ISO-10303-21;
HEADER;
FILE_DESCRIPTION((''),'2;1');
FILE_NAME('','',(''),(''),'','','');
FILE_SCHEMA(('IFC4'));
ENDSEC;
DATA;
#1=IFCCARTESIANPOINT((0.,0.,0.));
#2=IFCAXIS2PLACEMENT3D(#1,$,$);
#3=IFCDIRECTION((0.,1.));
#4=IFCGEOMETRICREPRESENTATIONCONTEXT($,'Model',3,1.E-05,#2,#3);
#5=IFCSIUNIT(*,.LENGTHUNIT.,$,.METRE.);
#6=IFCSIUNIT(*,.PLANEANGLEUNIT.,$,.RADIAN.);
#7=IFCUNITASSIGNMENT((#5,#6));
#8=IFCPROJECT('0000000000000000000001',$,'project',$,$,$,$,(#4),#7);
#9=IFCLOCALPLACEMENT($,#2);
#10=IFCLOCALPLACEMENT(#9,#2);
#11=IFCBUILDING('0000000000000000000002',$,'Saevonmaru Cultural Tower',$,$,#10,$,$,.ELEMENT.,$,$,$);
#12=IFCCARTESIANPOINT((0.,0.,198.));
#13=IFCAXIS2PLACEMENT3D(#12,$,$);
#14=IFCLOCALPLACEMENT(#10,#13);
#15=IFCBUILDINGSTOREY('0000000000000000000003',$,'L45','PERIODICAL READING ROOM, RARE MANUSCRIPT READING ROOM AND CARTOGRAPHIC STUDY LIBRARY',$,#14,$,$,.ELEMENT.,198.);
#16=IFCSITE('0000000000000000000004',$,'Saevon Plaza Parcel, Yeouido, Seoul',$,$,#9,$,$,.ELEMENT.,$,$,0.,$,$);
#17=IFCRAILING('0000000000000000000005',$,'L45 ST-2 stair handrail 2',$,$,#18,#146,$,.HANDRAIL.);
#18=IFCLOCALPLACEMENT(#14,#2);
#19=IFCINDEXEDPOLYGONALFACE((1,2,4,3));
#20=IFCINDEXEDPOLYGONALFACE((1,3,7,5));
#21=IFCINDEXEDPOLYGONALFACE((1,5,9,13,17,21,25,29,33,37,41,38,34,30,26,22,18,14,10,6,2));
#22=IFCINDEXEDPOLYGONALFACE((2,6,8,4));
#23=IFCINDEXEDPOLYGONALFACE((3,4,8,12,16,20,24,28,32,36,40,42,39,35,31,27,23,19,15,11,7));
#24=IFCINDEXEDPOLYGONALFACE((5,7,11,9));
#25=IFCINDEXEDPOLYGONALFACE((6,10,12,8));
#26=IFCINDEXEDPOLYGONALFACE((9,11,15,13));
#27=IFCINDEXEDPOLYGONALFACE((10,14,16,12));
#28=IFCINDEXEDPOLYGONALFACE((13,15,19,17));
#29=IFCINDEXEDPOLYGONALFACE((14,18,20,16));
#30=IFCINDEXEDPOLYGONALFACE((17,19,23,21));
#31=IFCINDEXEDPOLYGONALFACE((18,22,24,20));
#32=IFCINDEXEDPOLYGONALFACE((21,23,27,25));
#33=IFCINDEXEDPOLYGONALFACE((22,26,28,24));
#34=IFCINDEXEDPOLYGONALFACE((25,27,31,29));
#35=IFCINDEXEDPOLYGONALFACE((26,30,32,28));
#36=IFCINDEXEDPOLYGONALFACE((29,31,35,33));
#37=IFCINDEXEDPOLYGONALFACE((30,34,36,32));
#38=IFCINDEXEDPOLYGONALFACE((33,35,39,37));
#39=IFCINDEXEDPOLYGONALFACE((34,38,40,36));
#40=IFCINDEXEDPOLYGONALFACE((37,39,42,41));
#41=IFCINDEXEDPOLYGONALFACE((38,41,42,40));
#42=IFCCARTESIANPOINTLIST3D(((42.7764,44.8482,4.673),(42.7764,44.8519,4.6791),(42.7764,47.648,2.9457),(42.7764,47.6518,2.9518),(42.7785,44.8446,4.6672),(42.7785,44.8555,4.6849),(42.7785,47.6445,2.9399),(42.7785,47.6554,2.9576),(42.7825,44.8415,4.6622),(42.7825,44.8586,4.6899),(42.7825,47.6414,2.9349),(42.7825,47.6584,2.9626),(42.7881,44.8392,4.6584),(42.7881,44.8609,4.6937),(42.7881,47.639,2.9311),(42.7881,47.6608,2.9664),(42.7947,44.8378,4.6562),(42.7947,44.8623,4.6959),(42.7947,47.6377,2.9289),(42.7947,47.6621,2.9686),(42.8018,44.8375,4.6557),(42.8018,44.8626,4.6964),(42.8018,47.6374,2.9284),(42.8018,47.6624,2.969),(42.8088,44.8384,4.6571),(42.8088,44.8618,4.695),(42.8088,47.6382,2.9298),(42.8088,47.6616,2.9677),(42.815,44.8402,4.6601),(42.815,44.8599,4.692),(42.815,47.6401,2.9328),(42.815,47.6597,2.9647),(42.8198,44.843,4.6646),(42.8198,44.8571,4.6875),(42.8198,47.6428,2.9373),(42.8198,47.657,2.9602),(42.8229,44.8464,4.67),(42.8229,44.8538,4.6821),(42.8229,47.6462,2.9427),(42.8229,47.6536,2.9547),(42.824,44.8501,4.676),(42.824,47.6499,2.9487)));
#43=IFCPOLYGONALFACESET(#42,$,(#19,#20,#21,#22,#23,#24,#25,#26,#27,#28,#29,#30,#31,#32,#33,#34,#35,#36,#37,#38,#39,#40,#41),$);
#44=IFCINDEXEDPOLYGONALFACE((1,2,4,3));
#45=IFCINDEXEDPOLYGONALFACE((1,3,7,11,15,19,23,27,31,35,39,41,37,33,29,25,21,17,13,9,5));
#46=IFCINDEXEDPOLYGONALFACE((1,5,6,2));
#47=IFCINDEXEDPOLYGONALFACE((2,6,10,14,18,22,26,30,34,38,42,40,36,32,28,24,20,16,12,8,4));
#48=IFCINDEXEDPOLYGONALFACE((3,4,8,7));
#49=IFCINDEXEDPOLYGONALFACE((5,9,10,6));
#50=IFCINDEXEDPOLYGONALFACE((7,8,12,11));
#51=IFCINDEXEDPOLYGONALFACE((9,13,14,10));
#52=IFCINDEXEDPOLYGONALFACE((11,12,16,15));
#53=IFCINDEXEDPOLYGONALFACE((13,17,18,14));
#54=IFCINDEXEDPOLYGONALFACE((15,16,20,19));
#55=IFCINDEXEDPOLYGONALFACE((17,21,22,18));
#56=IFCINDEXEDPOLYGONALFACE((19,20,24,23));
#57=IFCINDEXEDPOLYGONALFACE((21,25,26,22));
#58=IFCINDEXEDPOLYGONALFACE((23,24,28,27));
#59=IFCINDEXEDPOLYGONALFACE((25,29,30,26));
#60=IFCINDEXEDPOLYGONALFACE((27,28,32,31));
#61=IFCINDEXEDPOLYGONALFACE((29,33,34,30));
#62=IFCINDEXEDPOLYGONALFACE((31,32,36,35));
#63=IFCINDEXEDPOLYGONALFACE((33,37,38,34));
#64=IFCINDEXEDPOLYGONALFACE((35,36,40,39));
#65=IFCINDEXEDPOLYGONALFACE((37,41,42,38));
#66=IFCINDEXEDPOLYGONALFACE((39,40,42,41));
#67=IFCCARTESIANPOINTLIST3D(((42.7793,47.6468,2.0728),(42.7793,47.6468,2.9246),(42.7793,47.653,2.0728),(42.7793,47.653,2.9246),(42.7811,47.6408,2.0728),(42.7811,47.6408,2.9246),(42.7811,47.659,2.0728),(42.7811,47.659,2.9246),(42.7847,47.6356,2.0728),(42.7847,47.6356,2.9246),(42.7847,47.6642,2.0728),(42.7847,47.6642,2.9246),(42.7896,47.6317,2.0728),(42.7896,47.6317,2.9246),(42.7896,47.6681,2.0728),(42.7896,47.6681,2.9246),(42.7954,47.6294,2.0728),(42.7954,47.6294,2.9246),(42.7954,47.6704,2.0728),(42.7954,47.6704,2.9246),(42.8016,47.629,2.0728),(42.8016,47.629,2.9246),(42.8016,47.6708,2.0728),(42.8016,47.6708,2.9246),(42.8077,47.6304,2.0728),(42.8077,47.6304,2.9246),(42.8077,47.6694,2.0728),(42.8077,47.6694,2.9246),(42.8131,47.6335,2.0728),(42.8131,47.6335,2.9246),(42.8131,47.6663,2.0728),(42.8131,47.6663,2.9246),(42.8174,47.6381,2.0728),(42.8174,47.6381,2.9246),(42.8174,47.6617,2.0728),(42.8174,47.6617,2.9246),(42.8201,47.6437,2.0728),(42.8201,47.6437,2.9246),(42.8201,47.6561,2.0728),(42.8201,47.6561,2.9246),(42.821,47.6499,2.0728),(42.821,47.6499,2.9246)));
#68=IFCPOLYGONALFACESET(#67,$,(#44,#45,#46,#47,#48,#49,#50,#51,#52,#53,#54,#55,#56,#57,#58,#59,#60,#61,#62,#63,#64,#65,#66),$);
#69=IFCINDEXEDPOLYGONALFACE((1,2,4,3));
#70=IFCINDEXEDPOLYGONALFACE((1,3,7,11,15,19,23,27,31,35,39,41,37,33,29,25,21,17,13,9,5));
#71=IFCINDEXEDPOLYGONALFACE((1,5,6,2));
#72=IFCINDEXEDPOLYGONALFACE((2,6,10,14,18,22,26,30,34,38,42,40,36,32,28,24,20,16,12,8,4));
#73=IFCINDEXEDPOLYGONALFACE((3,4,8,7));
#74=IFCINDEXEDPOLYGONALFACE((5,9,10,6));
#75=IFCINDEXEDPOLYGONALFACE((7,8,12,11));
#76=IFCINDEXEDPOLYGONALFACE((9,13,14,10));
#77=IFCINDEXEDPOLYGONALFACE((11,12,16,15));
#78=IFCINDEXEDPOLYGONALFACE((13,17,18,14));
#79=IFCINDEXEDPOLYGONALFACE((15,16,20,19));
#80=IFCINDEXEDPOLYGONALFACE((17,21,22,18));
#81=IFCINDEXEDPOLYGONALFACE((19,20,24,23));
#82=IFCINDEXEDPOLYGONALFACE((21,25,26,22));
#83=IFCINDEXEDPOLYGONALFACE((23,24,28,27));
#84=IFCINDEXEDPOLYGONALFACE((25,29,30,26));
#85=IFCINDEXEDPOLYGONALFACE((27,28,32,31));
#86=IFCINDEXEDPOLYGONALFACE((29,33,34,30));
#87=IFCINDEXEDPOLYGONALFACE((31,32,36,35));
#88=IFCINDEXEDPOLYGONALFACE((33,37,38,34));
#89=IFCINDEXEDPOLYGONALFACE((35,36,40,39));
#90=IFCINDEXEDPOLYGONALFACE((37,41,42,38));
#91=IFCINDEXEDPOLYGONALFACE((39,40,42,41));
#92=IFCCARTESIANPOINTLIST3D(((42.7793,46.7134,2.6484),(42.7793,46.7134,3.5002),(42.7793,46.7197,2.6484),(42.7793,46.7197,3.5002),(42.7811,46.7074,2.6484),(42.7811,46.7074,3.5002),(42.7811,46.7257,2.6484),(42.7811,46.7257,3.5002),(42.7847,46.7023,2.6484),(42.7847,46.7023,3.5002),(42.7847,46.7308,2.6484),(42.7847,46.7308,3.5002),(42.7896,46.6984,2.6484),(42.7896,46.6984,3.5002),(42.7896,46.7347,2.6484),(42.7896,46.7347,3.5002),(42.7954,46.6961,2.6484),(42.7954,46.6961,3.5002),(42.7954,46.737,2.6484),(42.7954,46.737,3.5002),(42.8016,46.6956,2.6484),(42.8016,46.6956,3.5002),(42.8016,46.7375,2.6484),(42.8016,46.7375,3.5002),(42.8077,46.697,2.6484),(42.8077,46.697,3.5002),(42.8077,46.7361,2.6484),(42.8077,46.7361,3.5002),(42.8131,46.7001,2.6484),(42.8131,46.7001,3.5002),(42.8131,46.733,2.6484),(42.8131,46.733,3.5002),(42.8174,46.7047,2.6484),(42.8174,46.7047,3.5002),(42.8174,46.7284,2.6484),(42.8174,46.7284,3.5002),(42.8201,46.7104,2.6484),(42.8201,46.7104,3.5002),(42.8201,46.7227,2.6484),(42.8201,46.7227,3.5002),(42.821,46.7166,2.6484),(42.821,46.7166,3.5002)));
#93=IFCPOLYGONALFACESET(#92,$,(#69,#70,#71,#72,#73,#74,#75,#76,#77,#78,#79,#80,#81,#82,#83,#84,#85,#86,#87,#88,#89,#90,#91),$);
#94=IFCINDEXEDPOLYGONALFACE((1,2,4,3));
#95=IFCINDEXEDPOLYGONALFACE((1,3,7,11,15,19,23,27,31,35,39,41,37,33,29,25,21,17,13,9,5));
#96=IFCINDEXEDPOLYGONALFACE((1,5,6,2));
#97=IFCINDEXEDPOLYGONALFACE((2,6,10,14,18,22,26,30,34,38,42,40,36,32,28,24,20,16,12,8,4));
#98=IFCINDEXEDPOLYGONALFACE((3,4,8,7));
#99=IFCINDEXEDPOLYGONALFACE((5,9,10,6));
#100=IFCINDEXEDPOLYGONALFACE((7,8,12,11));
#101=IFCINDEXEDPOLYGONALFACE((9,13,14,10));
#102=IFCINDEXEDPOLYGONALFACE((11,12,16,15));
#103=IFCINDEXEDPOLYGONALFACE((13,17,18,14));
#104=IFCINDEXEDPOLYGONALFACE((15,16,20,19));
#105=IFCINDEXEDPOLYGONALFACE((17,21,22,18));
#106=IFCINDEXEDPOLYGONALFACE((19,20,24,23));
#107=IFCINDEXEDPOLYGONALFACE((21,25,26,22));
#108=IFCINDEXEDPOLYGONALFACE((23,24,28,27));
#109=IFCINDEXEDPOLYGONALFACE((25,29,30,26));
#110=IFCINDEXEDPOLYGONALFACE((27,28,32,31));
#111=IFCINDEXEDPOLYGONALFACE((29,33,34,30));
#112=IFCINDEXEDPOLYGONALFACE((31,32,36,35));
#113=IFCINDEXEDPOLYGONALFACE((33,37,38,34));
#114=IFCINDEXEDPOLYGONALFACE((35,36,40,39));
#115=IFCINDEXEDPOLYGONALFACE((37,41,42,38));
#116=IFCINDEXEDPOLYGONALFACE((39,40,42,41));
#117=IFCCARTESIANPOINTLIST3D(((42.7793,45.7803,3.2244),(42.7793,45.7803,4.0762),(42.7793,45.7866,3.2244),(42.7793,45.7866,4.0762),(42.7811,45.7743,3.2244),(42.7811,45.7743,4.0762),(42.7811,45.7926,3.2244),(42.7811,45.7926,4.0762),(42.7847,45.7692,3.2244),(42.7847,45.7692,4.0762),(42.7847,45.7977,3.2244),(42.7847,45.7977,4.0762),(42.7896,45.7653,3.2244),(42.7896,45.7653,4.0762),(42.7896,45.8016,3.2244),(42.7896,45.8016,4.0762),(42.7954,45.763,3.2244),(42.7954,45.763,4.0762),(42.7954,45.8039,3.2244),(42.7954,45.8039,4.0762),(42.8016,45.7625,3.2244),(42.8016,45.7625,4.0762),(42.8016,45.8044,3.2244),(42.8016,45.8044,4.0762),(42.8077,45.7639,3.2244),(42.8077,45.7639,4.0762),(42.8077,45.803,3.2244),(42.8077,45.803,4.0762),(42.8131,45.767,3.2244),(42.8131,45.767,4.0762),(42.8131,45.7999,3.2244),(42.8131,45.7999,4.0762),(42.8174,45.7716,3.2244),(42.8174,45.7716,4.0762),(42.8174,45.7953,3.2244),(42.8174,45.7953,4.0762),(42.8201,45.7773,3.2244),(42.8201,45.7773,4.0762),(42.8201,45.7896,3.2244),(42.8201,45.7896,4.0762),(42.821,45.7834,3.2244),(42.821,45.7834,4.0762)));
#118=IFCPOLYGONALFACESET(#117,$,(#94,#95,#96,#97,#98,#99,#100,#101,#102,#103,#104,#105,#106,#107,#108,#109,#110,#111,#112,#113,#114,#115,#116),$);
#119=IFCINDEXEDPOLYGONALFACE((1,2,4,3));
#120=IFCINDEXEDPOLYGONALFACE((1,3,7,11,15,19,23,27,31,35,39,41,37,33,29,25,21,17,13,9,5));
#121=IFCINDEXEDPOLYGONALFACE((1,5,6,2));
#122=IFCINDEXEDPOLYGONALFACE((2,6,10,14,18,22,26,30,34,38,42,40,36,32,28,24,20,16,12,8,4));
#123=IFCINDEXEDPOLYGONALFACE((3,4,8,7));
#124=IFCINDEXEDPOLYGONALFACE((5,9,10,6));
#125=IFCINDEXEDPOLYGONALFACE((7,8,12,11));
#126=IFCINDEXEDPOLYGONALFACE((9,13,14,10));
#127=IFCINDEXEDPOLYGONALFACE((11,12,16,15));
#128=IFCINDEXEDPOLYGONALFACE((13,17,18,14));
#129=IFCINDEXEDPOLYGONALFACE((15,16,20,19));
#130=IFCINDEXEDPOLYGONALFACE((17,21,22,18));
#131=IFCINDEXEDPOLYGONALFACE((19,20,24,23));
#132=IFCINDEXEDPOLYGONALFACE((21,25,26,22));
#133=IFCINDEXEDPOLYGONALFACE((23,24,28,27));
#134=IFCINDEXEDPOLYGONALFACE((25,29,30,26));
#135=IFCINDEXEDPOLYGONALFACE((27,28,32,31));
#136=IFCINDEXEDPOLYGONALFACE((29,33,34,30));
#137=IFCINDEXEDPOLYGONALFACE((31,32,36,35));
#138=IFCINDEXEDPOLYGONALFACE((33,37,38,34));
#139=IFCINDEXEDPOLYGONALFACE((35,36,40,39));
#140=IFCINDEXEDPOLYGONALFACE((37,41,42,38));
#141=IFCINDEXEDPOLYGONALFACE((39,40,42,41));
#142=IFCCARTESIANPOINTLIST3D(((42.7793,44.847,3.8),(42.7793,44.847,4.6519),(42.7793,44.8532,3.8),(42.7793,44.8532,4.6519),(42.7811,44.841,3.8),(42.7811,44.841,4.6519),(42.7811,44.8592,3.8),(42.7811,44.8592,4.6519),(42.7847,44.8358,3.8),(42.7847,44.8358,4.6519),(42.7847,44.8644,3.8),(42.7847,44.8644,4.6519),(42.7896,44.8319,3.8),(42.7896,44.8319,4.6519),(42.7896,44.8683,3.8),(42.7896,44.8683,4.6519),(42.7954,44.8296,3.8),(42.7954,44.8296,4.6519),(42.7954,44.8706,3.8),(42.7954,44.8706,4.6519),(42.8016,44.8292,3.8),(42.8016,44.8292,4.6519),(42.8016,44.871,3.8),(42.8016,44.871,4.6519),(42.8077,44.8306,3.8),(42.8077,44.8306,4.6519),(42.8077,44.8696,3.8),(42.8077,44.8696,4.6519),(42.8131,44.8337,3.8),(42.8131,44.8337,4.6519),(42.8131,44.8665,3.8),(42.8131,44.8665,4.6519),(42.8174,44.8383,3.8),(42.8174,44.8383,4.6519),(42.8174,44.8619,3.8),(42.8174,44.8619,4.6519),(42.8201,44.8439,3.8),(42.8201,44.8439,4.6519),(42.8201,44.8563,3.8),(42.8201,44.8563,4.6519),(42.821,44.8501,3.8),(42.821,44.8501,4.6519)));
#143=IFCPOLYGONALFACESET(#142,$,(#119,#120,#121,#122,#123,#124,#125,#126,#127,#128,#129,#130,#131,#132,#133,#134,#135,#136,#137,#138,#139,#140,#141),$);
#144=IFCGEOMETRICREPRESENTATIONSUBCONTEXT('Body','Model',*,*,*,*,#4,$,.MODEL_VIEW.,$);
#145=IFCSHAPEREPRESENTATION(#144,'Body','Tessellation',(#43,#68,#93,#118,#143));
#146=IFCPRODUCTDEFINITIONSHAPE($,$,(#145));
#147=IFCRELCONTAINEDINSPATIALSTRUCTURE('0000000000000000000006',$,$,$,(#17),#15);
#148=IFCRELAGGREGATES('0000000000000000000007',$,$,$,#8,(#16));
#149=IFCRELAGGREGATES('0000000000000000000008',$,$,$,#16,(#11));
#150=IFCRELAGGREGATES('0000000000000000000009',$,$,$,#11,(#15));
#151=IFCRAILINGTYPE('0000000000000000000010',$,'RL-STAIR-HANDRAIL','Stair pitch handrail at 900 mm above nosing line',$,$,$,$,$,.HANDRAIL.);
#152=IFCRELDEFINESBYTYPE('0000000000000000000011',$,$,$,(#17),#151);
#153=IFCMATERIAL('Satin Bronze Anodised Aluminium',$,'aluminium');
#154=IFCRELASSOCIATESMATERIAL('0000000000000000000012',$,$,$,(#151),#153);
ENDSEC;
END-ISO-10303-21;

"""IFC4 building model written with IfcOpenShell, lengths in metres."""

from ifc_helpers import new_model, si_unit, direction, frame, origin, origin_2d, place, context, subcontext, project, spatial, circle, extrude, material, type_object, element, save


model = new_model("IFC4")

# Units and contexts
model_context = context("Model", 3, precision=1e-05, world=origin(), true_north=direction((0.0, 1.0)))
body_context = subcontext(model_context, "Body", "Model", "MODEL_VIEW")
ifc_project = project(units=[si_unit("LENGTHUNIT", "METRE"), si_unit("PLANEANGLEUNIT", "RADIAN")], contexts=[model_context])

# Site, building, storey
site_placement = place(None, origin())
site = spatial("IfcSite", under=ifc_project, at=site_placement, Name="Saevon Plaza Parcel, Yeouido, Seoul", CompositionType="ELEMENT", RefElevation=0.0)
building_placement = place(site_placement, origin())
building = spatial("IfcBuilding", under=site, at=building_placement, Name="Saevonmaru Cultural Tower", CompositionType="ELEMENT")
storey_placement = place(building_placement, frame((0.0, 0.0, 198.0)))
storey = spatial("IfcBuildingStorey", under=building, at=storey_placement, Name="L45", Description="PERIODICAL READING ROOM, RARE MANUSCRIPT READING ROOM AND CARTOGRAPHIC STUDY LIBRARY", CompositionType="ELEMENT", Elevation=198.0)

# Shared definitions
ifc_material_1 = material(Name="Satin Bronze Anodised Aluminium", Category="aluminium")

# Railing
railing_type = type_object("IfcRailingType", Name="RL-STAIR-HANDRAIL", Description="Stair pitch handrail at 900 mm above nosing line", PredefinedType="HANDRAIL", material=ifc_material_1)
railing_placement = place(storey_placement, frame((42.8, 47.6499, 2.0728)))
element("IfcRailing", 1, at=railing_placement, inside=storey, type_object=railing_type, Name="L45 ST-2 stair handrail 2", PredefinedType="HANDRAIL", context=body_context, shape_type="SweptSolid", body=[
    extrude(circle(Radius=0.0239, at=origin_2d()), frame((0.0, 0.0, 0.876), z_axis=(0.0, -0.851069, 0.525054), x_axis=(1.0, 0.0, 0.0)), (0.0, 0.0, 1.0), 3.2898),
    extrude(circle(Radius=0.021, at=origin_2d()), origin(), (0.0, 0.0, 1.0), 0.8518),
    extrude(circle(Radius=0.021, at=origin_2d()), frame((0.0, -0.9333, 0.5757)), (0.0, 0.0, 1.0), 0.8518),
    extrude(circle(Radius=0.021, at=origin_2d()), frame((0.0, -1.8665, 1.1516)), (0.0, 0.0, 1.0), 0.8518),
    extrude(circle(Radius=0.021, at=origin_2d()), frame((0.0, -2.7998, 1.7273)), (0.0, 0.0, 1.0), 0.8518),
])

save(model, "model.ifc")
